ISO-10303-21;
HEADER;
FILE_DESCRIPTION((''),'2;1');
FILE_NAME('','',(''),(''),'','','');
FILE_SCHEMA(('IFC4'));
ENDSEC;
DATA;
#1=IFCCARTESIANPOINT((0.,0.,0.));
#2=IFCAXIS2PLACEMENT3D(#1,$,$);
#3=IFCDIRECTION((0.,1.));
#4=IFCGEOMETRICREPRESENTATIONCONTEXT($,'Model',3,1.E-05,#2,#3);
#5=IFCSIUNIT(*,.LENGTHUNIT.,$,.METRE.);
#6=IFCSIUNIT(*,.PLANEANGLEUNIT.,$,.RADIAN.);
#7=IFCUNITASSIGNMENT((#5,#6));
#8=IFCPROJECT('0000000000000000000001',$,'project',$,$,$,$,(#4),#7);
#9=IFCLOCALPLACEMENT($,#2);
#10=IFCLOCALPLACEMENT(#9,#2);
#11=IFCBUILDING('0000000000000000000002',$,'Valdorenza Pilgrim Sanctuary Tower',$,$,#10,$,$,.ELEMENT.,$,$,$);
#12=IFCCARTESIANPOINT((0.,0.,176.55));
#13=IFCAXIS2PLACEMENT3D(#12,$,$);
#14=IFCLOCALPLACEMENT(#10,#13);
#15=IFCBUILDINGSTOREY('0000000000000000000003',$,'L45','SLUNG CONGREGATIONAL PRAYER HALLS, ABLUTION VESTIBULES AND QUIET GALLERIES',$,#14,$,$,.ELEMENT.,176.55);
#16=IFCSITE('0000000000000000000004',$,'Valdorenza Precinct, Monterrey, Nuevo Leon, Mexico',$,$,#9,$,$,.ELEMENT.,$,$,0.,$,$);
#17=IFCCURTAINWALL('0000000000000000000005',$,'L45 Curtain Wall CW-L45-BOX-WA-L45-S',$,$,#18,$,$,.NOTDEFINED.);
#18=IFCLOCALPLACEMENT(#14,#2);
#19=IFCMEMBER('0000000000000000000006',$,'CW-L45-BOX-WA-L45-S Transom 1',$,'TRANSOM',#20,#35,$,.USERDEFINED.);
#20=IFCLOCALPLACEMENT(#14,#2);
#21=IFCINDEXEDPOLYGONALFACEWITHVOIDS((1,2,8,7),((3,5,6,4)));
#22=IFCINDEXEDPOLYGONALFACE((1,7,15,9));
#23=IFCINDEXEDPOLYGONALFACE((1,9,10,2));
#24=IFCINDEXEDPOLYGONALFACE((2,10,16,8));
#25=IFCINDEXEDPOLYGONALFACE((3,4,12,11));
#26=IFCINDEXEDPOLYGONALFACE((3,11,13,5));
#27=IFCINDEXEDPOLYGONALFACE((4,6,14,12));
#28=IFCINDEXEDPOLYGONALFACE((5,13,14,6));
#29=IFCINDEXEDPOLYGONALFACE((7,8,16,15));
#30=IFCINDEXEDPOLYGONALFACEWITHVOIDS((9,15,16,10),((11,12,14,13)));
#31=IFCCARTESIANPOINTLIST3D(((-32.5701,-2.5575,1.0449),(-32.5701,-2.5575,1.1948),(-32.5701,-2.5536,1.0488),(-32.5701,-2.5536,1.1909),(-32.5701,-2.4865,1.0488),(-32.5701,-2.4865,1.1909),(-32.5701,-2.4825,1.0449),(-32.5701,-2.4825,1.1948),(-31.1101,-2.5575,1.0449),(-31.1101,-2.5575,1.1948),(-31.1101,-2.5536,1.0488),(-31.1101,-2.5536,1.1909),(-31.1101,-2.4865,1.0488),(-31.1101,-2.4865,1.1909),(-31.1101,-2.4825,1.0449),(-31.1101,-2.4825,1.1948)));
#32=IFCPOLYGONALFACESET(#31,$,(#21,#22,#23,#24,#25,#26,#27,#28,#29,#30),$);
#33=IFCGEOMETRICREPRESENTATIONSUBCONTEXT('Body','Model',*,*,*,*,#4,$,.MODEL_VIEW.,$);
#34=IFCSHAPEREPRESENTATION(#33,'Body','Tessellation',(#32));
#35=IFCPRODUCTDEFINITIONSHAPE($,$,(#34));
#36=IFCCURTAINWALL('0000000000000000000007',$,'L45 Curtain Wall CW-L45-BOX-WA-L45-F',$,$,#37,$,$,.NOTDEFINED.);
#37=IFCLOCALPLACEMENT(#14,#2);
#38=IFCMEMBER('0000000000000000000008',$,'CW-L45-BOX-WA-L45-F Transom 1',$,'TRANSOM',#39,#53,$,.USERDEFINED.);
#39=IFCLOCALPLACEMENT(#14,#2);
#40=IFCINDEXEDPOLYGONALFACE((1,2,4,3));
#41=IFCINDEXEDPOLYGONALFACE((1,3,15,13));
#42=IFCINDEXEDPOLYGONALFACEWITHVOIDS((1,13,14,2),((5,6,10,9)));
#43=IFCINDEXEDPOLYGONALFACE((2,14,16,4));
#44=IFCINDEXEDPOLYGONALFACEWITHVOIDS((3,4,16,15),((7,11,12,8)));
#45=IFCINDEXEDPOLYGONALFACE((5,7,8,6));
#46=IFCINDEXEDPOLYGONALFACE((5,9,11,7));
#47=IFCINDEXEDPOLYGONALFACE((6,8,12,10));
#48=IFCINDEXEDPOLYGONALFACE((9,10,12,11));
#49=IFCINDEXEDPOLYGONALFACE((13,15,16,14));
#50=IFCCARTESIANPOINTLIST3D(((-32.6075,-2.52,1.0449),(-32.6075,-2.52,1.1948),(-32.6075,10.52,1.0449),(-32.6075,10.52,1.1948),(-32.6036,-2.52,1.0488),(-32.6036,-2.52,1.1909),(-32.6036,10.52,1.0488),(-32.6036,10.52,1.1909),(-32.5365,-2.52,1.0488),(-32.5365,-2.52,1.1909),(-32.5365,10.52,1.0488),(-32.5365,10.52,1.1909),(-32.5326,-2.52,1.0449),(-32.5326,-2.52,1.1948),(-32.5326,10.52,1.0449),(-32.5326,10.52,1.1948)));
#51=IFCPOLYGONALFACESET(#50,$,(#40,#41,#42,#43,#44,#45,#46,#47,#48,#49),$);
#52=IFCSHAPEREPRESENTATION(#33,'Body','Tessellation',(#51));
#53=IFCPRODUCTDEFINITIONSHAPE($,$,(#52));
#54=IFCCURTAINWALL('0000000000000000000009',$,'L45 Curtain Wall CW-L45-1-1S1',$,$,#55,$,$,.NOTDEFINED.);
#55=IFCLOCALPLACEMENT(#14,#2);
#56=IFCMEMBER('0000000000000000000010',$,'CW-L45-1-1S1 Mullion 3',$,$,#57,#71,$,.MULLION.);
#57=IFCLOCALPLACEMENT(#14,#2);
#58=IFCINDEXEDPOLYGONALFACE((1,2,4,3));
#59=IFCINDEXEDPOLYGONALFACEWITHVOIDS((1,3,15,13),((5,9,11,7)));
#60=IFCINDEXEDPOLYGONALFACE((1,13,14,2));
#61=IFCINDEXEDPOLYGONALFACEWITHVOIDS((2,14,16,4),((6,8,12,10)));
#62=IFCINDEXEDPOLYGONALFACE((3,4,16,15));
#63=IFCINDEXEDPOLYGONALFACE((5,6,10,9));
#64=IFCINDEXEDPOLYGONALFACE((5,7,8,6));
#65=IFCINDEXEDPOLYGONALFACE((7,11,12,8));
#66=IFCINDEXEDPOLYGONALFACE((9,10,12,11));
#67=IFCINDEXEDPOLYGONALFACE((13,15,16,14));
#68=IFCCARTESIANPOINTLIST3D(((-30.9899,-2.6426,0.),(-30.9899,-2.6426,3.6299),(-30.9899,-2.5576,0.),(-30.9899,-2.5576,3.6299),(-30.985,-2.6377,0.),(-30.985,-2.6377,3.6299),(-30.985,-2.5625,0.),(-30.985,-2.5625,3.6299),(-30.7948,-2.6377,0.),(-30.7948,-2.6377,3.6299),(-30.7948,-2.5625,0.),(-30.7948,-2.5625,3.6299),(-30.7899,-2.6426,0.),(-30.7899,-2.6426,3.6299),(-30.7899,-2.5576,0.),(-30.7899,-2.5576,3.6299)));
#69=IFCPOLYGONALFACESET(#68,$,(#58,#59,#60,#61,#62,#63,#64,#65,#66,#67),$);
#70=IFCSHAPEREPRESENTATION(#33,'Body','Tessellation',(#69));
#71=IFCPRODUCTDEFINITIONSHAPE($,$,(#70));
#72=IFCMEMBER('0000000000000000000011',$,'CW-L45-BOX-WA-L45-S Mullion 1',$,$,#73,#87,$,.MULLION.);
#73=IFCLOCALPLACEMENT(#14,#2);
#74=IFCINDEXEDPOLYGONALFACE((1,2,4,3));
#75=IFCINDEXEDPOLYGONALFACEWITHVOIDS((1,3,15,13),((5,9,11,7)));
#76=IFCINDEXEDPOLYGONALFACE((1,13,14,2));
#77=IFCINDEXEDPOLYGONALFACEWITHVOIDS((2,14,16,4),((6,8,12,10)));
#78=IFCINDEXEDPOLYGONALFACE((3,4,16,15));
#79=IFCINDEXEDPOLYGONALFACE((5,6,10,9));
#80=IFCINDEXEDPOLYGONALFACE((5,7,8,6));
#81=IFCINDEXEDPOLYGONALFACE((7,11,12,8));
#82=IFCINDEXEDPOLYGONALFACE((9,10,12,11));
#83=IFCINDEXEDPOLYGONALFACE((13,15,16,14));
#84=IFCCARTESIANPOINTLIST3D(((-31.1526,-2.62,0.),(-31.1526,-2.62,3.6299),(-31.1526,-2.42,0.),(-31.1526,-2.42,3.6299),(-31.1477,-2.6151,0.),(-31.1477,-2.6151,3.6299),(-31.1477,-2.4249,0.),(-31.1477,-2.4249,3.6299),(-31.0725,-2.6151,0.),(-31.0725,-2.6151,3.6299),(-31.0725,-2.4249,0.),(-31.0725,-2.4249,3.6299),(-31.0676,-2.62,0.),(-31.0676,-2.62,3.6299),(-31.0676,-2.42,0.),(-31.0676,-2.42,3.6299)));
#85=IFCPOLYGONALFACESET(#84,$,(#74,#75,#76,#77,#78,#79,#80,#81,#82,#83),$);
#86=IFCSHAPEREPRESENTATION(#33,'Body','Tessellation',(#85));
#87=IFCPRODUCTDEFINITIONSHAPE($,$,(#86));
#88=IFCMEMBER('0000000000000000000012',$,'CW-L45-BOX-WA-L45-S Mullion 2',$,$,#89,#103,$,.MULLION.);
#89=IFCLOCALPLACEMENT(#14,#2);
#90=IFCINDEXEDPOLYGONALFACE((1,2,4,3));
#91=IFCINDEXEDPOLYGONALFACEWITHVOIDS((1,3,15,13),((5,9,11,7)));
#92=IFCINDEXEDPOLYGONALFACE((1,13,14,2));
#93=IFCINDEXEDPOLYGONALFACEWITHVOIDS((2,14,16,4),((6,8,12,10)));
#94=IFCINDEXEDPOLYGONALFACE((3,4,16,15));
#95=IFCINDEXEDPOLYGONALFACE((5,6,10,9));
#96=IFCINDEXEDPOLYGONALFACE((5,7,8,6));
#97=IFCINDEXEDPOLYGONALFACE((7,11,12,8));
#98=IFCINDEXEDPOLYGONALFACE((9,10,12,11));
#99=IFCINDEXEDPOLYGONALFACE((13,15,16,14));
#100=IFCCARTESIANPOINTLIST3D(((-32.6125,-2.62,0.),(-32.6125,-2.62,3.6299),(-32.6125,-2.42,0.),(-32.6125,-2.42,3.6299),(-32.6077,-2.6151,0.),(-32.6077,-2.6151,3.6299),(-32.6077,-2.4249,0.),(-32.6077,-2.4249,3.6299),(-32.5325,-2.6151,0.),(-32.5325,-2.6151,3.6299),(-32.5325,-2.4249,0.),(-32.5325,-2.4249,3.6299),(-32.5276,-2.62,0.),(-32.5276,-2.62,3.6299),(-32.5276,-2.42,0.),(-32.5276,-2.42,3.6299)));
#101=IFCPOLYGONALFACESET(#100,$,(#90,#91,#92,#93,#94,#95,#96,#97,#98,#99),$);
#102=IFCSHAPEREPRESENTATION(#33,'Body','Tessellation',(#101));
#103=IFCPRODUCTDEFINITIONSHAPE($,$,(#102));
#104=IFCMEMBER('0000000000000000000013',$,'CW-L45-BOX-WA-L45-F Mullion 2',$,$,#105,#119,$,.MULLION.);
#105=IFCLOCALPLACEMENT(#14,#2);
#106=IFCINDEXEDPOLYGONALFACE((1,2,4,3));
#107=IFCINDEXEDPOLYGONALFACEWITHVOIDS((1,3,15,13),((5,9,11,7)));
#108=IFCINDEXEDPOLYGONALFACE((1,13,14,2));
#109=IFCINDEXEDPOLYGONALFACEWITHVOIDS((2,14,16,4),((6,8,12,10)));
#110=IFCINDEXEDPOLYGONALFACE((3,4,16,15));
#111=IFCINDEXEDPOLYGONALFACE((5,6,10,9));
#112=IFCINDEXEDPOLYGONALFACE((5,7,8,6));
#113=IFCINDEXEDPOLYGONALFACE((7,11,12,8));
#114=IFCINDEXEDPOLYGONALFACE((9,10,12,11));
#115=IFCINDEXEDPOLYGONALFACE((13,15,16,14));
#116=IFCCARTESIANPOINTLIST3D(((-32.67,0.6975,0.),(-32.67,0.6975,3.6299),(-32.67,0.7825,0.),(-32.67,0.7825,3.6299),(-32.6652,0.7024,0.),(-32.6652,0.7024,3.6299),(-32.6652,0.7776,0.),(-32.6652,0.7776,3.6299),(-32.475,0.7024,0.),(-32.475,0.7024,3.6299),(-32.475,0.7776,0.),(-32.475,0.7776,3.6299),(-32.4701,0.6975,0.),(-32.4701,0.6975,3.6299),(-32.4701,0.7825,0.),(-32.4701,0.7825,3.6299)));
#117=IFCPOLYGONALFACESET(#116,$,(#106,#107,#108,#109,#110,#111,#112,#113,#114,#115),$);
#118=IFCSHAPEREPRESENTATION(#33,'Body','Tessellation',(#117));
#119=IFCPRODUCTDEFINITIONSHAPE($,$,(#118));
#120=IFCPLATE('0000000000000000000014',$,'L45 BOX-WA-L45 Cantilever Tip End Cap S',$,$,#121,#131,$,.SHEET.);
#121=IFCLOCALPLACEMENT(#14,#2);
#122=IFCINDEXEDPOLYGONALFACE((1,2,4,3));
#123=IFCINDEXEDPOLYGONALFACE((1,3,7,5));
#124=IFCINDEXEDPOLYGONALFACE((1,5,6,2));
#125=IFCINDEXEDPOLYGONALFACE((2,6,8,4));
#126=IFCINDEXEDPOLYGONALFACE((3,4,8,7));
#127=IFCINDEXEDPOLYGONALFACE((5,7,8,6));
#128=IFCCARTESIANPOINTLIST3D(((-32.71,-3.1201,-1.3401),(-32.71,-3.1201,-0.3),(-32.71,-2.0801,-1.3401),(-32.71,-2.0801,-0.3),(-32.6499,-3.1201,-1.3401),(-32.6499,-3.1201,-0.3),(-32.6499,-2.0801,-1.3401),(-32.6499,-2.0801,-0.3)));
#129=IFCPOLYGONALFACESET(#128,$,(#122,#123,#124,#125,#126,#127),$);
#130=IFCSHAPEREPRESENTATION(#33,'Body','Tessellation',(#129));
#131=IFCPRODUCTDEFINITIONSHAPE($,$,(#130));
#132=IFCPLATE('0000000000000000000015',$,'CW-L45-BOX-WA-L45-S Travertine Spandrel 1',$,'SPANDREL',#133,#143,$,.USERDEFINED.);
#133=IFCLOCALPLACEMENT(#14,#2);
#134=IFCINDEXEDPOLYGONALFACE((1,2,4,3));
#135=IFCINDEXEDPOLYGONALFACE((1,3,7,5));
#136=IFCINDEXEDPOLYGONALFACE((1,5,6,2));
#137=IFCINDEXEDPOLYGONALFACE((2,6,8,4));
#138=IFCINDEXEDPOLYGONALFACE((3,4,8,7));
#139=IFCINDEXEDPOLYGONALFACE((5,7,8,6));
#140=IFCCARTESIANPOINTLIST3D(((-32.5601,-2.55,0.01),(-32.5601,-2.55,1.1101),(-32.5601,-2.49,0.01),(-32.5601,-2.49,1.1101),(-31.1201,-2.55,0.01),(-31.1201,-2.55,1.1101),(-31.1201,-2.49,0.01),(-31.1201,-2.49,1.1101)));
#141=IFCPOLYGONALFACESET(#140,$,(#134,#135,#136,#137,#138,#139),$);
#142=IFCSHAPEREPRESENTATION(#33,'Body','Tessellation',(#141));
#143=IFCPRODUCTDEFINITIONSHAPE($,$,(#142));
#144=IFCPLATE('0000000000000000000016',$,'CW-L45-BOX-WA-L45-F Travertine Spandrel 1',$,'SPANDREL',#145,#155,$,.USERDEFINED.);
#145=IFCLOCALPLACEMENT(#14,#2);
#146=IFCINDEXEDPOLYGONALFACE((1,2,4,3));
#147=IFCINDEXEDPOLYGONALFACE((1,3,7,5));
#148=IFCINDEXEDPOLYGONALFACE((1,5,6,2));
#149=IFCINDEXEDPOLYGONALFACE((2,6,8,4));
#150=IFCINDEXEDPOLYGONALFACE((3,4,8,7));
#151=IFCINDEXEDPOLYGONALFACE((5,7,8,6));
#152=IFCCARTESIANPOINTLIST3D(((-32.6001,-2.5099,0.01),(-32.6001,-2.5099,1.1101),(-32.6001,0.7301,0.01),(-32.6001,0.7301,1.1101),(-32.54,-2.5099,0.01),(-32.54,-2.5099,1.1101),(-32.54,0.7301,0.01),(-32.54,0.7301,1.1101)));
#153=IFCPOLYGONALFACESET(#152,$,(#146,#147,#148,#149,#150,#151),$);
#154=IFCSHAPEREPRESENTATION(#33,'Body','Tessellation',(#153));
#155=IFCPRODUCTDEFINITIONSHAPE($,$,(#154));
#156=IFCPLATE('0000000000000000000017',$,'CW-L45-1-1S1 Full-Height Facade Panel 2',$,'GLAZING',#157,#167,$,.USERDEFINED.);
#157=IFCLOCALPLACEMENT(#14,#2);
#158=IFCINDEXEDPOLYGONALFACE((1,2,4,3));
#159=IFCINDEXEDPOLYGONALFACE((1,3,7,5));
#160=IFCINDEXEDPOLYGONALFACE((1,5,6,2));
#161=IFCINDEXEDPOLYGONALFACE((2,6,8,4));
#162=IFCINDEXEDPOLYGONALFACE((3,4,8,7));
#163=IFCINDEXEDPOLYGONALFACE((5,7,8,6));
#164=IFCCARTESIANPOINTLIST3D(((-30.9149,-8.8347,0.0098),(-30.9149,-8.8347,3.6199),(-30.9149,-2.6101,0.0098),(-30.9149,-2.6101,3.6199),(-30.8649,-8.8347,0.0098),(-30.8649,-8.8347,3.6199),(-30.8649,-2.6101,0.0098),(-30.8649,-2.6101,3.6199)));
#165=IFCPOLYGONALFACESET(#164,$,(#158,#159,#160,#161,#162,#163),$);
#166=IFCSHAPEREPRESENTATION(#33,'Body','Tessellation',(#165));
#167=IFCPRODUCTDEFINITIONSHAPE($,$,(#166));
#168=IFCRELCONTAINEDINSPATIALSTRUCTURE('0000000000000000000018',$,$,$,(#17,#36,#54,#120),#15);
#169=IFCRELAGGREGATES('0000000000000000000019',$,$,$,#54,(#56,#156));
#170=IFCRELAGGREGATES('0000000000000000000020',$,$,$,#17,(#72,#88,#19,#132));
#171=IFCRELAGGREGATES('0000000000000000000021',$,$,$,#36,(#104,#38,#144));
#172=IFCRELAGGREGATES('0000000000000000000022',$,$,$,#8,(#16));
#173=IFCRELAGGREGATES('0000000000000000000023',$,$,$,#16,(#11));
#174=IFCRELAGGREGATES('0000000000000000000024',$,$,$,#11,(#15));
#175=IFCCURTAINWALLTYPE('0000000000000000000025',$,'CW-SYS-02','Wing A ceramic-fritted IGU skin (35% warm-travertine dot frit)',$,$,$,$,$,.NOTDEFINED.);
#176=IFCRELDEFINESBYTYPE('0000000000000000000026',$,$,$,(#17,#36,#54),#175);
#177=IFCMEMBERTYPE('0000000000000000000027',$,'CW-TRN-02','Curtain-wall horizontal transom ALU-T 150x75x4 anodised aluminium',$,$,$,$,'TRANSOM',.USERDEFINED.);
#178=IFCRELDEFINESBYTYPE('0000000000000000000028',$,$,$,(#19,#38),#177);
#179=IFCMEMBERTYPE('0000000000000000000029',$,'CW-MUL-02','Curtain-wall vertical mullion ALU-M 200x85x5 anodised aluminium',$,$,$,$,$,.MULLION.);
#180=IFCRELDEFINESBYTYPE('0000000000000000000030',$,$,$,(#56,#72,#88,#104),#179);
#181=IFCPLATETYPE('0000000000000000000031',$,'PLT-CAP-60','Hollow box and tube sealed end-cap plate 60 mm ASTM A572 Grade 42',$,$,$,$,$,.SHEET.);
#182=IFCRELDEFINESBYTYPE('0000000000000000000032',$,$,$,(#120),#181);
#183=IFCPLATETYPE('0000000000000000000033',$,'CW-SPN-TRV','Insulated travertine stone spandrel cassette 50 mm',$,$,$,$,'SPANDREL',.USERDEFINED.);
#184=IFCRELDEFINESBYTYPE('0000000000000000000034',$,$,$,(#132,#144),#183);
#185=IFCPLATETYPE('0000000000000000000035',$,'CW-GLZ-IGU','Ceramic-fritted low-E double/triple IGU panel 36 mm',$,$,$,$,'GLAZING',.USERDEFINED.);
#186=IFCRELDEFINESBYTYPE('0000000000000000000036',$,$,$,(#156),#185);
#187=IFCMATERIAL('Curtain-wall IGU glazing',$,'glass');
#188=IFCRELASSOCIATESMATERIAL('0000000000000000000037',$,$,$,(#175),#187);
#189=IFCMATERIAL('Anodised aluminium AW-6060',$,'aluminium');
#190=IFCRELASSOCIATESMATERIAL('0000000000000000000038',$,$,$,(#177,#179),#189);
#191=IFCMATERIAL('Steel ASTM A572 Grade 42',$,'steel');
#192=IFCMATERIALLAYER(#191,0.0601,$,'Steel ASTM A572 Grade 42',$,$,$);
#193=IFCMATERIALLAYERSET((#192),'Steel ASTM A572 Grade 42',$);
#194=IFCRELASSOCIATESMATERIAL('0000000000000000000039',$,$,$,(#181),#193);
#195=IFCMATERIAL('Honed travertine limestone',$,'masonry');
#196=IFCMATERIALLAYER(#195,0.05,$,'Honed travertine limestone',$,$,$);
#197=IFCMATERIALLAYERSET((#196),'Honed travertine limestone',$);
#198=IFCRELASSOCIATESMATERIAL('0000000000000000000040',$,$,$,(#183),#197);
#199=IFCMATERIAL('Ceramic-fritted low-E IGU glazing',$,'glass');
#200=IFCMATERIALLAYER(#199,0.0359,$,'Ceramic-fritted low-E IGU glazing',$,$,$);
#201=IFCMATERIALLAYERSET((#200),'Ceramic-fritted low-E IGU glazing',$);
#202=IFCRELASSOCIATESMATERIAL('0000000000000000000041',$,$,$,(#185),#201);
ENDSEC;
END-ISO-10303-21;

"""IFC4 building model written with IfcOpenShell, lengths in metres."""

from ifc_helpers import new_model, si_unit, direction, frame, origin, origin_2d, place, context, subcontext, project, spatial, rectangle, hollow_rectangle, extrude, source, transform, mapped, material, layer, layer_set, material_profile, profile_set, type_object, element, aggregate, save


model = new_model("IFC4")

# Units and contexts
model_context = context("Model", 3, precision=1e-05, world=origin(), true_north=direction((0.0, 1.0)))
body_context = subcontext(model_context, "Body", "Model", "MODEL_VIEW")
ifc_project = project(units=[si_unit("LENGTHUNIT", "METRE"), si_unit("PLANEANGLEUNIT", "RADIAN")], contexts=[model_context])

# Site, building, storey
site_placement = place(None, origin())
site = spatial("IfcSite", under=ifc_project, at=site_placement, Name="Valdorenza Precinct, Monterrey, Nuevo Leon, Mexico", CompositionType="ELEMENT", RefElevation=0.0)
building_placement = place(site_placement, origin())
building = spatial("IfcBuilding", under=site, at=building_placement, Name="Valdorenza Pilgrim Sanctuary Tower", CompositionType="ELEMENT")
storey_placement = place(building_placement, frame((0.0, 0.0, 176.55)))
storey = spatial("IfcBuildingStorey", under=building, at=storey_placement, Name="L45", Description="SLUNG CONGREGATIONAL PRAYER HALLS, ABLUTION VESTIBULES AND QUIET GALLERIES", CompositionType="ELEMENT", Elevation=176.55)

# Shared definitions
ifc_material_1 = material(Name="Steel ASTM A572 Grade 42", Category="steel")

# Curtain walls, members
ifc_material_2 = material(Name="Curtain-wall IGU glazing", Category="glass")
curtain_wall_type = type_object("IfcCurtainWallType", Name="CW-SYS-02", Description="Wing A ceramic-fritted IGU skin (35% warm-travertine dot frit)", PredefinedType="NOTDEFINED", material=ifc_material_2)
curtain_wall_1_placement = place(storey_placement, origin())
curtain_wall_1 = element("IfcCurtainWall", 1, at=curtain_wall_1_placement, inside=storey, type_object=curtain_wall_type, Name="L45 Curtain Wall CW-L45-BOX-WA-L45-S", PredefinedType="NOTDEFINED")
ifc_material_3 = material(Name="Anodised aluminium AW-6060", Category="aluminium")
ifc_material_profile_1 = material_profile(ifc_material_3, hollow_rectangle(XDim=0.075, YDim=0.1499, WallThickness=0.0039, at=origin_2d()), Name="ALU-T 150x75x4")
ifc_profile_set_1 = profile_set([ifc_material_profile_1], Name="Anodised aluminium AW-6060")
member_type_1 = type_object("IfcMemberType", Name="CW-TRN-02", Description="Curtain-wall horizontal transom ALU-T 150x75x4 anodised aluminium", ElementType="TRANSOM", PredefinedType="USERDEFINED", material=ifc_profile_set_1)
shared_shape_1 = source(origin(), body_context, "Body", "SweptSolid", [
    extrude(hollow_rectangle(XDim=0.075, YDim=0.1499, WallThickness=0.0039, at=origin_2d()), origin(), (0.0, 0.0, 1.0), 1.46),
])
member_1_placement = place(storey_placement, frame((-31.1101, -2.52, 1.1199), z_axis=(-1.0, 0.0, 0.0), x_axis=(0.0, -1.0, 0.0)))
member_1 = element("IfcMember", 2, at=member_1_placement, type_object=member_type_1, Name="CW-L45-BOX-WA-L45-S Transom 1", ObjectType="TRANSOM", PredefinedType="USERDEFINED", context=body_context, shape_type="MappedRepresentation", body=[
    mapped(shared_shape_1, transform((0.0, 0.0, 0.0), x_axis=(1.0, 0.0, 0.0), y_axis=(0.0, 1.0, 0.0), z_axis=(0.0, 0.0, 1.0), scale=1.0)),
])
curtain_wall_2_placement = place(storey_placement, origin())
curtain_wall_2 = element("IfcCurtainWall", 3, at=curtain_wall_2_placement, inside=storey, type_object=curtain_wall_type, Name="L45 Curtain Wall CW-L45-BOX-WA-L45-F", PredefinedType="NOTDEFINED")
shared_shape_2 = source(origin(), body_context, "Body", "SweptSolid", [
    extrude(hollow_rectangle(XDim=0.075, YDim=0.1499, WallThickness=0.0039, at=origin_2d()), origin(), (0.0, 0.0, 1.0), 13.04),
])
member_2_placement = place(storey_placement, frame((-32.5701, -2.52, 1.1199), z_axis=(0.0, 1.0, 0.0), x_axis=(-1.0, 0.0, 0.0)))
member_2 = element("IfcMember", 4, at=member_2_placement, type_object=member_type_1, Name="CW-L45-BOX-WA-L45-F Transom 1", ObjectType="TRANSOM", PredefinedType="USERDEFINED", context=body_context, shape_type="MappedRepresentation", body=[
    mapped(shared_shape_2, transform((0.0, 0.0, 0.0), x_axis=(1.0, 0.0, 0.0), y_axis=(0.0, 1.0, 0.0), z_axis=(0.0, 0.0, 1.0), scale=1.0)),
])
curtain_wall_3_placement = place(storey_placement, origin())
curtain_wall_3 = element("IfcCurtainWall", 5, at=curtain_wall_3_placement, inside=storey, type_object=curtain_wall_type, Name="L45 Curtain Wall CW-L45-1-1S1", PredefinedType="NOTDEFINED")
ifc_material_profile_2 = material_profile(ifc_material_3, hollow_rectangle(XDim=0.085, YDim=0.2, WallThickness=0.0049, at=origin_2d()), Name="ALU-M 200x85x5")
ifc_profile_set_2 = profile_set([ifc_material_profile_2], Name="Anodised aluminium AW-6060")
member_type_2 = type_object("IfcMemberType", Name="CW-MUL-02", Description="Curtain-wall vertical mullion ALU-M 200x85x5 anodised aluminium", PredefinedType="MULLION", material=ifc_profile_set_2)
shared_shape_3 = source(origin(), body_context, "Body", "SweptSolid", [
    extrude(hollow_rectangle(XDim=0.085, YDim=0.2, WallThickness=0.0049, at=origin_2d()), origin(), (0.0, 0.0, 1.0), 3.6299),
])
member_3_placement = place(storey_placement, frame((-30.8899, -2.6001, 0.0), z_axis=(0.0, 0.0, 1.0), x_axis=(0.0, 1.0, 0.0)))
member_3 = element("IfcMember", 6, at=member_3_placement, type_object=member_type_2, Name="CW-L45-1-1S1 Mullion 3", PredefinedType="MULLION", context=body_context, shape_type="MappedRepresentation", body=[
    mapped(shared_shape_3, transform((0.0, 0.0, 0.0), x_axis=(1.0, 0.0, 0.0), y_axis=(0.0, 1.0, 0.0), z_axis=(0.0, 0.0, 1.0), scale=1.0)),
])

# Members
member_4_placement = place(storey_placement, frame((-31.1101, -2.52, 0.0), z_axis=(0.0, 0.0, 1.0), x_axis=(-1.0, 0.0, 0.0)))
member_4 = element("IfcMember", 7, at=member_4_placement, type_object=member_type_2, Name="CW-L45-BOX-WA-L45-S Mullion 1", PredefinedType="MULLION", context=body_context, shape_type="MappedRepresentation", body=[
    mapped(shared_shape_3, transform((0.0, 0.0, 0.0), x_axis=(1.0, 0.0, 0.0), y_axis=(0.0, 1.0, 0.0), z_axis=(0.0, 0.0, 1.0), scale=1.0)),
])
member_5_placement = place(storey_placement, frame((-32.5701, -2.52, 0.0), z_axis=(0.0, 0.0, 1.0), x_axis=(-1.0, 0.0, 0.0)))
member_5 = element("IfcMember", 8, at=member_5_placement, type_object=member_type_2, Name="CW-L45-BOX-WA-L45-S Mullion 2", PredefinedType="MULLION", context=body_context, shape_type="MappedRepresentation", body=[
    mapped(shared_shape_3, transform((0.0, 0.0, 0.0), x_axis=(1.0, 0.0, 0.0), y_axis=(0.0, 1.0, 0.0), z_axis=(0.0, 0.0, 1.0), scale=1.0)),
])
member_6_placement = place(storey_placement, frame((-32.5701, 0.74, 0.0), z_axis=(0.0, 0.0, 1.0), x_axis=(0.0, 1.0, 0.0)))
member_6 = element("IfcMember", 9, at=member_6_placement, type_object=member_type_2, Name="CW-L45-BOX-WA-L45-F Mullion 2", PredefinedType="MULLION", context=body_context, shape_type="MappedRepresentation", body=[
    mapped(shared_shape_3, transform((0.0, 0.0, 0.0), x_axis=(1.0, 0.0, 0.0), y_axis=(0.0, 1.0, 0.0), z_axis=(0.0, 0.0, 1.0), scale=1.0)),
])

# Plates
ifc_layer_1 = layer(ifc_material_1, 0.0601, Name="Steel ASTM A572 Grade 42")
ifc_layer_set_1 = layer_set([ifc_layer_1], Name="Steel ASTM A572 Grade 42")
plate_type_1 = type_object("IfcPlateType", Name="PLT-CAP-60", Description="Hollow box and tube sealed end-cap plate 60 mm ASTM A572 Grade 42", PredefinedType="SHEET", material=ifc_layer_set_1)
shared_shape_4 = source(origin(), body_context, "Body", "SweptSolid", [
    extrude(rectangle(XDim=0.0601, YDim=1.04, at=origin_2d()), origin(), (0.0, 0.0, 1.0), 1.04),
])
plate_1_placement = place(storey_placement, frame((-32.6799, -2.6001, -1.3401), z_axis=(0.0, 0.0, 1.0), x_axis=(1.0, 0.0, 0.0)))
element("IfcPlate", 10, at=plate_1_placement, inside=storey, type_object=plate_type_1, Name="L45 BOX-WA-L45 Cantilever Tip End Cap S", PredefinedType="SHEET", context=body_context, shape_type="MappedRepresentation", body=[
    mapped(shared_shape_4, transform((0.0, 0.0, 0.0), x_axis=(1.0, 0.0, 0.0), y_axis=(0.0, 1.0, 0.0), z_axis=(0.0, 0.0, 1.0), scale=1.0)),
])
ifc_material_4 = material(Name="Honed travertine limestone", Category="masonry")
ifc_layer_2 = layer(ifc_material_4, 0.05, Name="Honed travertine limestone")
ifc_layer_set_2 = layer_set([ifc_layer_2], Name="Honed travertine limestone")
plate_type_2 = type_object("IfcPlateType", Name="CW-SPN-TRV", Description="Insulated travertine stone spandrel cassette 50 mm", ElementType="SPANDREL", PredefinedType="USERDEFINED", material=ifc_layer_set_2)
shared_shape_5 = source(origin(), body_context, "Body", "SweptSolid", [
    extrude(rectangle(XDim=1.4399, YDim=0.0601, at=origin_2d()), origin(), (0.0, 0.0, 1.0), 1.1001),
])
plate_2_placement = place(storey_placement, frame((-31.8401, -2.52, 0.01), z_axis=(0.0, 0.0, 1.0), x_axis=(-1.0, 0.0, 0.0)))
plate_2 = element("IfcPlate", 11, at=plate_2_placement, type_object=plate_type_2, Name="CW-L45-BOX-WA-L45-S Travertine Spandrel 1", ObjectType="SPANDREL", PredefinedType="USERDEFINED", context=body_context, shape_type="MappedRepresentation", body=[
    mapped(shared_shape_5, transform((0.0, 0.0, 0.0), x_axis=(1.0, 0.0, 0.0), y_axis=(0.0, 1.0, 0.0), z_axis=(0.0, 0.0, 1.0), scale=1.0)),
])
shared_shape_6 = source(origin(), body_context, "Body", "SweptSolid", [
    extrude(rectangle(XDim=3.24, YDim=0.0601, at=origin_2d()), origin(), (0.0, 0.0, 1.0), 1.1001),
])
plate_3_placement = place(storey_placement, frame((-32.5701, -0.8899, 0.01), z_axis=(0.0, 0.0, 1.0), x_axis=(0.0, 1.0, 0.0)))
plate_3 = element("IfcPlate", 12, at=plate_3_placement, type_object=plate_type_2, Name="CW-L45-BOX-WA-L45-F Travertine Spandrel 1", ObjectType="SPANDREL", PredefinedType="USERDEFINED", context=body_context, shape_type="MappedRepresentation", body=[
    mapped(shared_shape_6, transform((0.0, 0.0, 0.0), x_axis=(1.0, 0.0, 0.0), y_axis=(0.0, 1.0, 0.0), z_axis=(0.0, 0.0, 1.0), scale=1.0)),
])
ifc_material_5 = material(Name="Ceramic-fritted low-E IGU glazing", Category="glass")
ifc_layer_3 = layer(ifc_material_5, 0.0359, Name="Ceramic-fritted low-E IGU glazing")
ifc_layer_set_3 = layer_set([ifc_layer_3], Name="Ceramic-fritted low-E IGU glazing")
plate_type_3 = type_object("IfcPlateType", Name="CW-GLZ-IGU", Description="Ceramic-fritted low-E double/triple IGU panel 36 mm", ElementType="GLAZING", PredefinedType="USERDEFINED", material=ifc_layer_set_3)
shared_shape_7 = source(origin(), body_context, "Body", "SweptSolid", [
    extrude(rectangle(XDim=6.2246, YDim=0.05, at=origin_2d()), origin(), (0.0, 0.0, 1.0), 3.6101),
])
plate_4_placement = place(storey_placement, frame((-30.8899, -5.7224, 0.0098), z_axis=(0.0, 0.0, 1.0), x_axis=(0.0, 1.0, 0.0)))
plate_4 = element("IfcPlate", 13, at=plate_4_placement, type_object=plate_type_3, Name="CW-L45-1-1S1 Full-Height Facade Panel 2", ObjectType="GLAZING", PredefinedType="USERDEFINED", context=body_context, shape_type="MappedRepresentation", body=[
    mapped(shared_shape_7, transform((0.0, 0.0, 0.0), x_axis=(1.0, 0.0, 0.0), y_axis=(0.0, 1.0, 0.0), z_axis=(0.0, 0.0, 1.0), scale=1.0)),
])
aggregate(curtain_wall_3, [member_3, plate_4])
aggregate(curtain_wall_1, [member_4, member_5, member_1, plate_2])
aggregate(curtain_wall_2, [member_6, member_2, plate_3])

save(model, "model.ifc")
